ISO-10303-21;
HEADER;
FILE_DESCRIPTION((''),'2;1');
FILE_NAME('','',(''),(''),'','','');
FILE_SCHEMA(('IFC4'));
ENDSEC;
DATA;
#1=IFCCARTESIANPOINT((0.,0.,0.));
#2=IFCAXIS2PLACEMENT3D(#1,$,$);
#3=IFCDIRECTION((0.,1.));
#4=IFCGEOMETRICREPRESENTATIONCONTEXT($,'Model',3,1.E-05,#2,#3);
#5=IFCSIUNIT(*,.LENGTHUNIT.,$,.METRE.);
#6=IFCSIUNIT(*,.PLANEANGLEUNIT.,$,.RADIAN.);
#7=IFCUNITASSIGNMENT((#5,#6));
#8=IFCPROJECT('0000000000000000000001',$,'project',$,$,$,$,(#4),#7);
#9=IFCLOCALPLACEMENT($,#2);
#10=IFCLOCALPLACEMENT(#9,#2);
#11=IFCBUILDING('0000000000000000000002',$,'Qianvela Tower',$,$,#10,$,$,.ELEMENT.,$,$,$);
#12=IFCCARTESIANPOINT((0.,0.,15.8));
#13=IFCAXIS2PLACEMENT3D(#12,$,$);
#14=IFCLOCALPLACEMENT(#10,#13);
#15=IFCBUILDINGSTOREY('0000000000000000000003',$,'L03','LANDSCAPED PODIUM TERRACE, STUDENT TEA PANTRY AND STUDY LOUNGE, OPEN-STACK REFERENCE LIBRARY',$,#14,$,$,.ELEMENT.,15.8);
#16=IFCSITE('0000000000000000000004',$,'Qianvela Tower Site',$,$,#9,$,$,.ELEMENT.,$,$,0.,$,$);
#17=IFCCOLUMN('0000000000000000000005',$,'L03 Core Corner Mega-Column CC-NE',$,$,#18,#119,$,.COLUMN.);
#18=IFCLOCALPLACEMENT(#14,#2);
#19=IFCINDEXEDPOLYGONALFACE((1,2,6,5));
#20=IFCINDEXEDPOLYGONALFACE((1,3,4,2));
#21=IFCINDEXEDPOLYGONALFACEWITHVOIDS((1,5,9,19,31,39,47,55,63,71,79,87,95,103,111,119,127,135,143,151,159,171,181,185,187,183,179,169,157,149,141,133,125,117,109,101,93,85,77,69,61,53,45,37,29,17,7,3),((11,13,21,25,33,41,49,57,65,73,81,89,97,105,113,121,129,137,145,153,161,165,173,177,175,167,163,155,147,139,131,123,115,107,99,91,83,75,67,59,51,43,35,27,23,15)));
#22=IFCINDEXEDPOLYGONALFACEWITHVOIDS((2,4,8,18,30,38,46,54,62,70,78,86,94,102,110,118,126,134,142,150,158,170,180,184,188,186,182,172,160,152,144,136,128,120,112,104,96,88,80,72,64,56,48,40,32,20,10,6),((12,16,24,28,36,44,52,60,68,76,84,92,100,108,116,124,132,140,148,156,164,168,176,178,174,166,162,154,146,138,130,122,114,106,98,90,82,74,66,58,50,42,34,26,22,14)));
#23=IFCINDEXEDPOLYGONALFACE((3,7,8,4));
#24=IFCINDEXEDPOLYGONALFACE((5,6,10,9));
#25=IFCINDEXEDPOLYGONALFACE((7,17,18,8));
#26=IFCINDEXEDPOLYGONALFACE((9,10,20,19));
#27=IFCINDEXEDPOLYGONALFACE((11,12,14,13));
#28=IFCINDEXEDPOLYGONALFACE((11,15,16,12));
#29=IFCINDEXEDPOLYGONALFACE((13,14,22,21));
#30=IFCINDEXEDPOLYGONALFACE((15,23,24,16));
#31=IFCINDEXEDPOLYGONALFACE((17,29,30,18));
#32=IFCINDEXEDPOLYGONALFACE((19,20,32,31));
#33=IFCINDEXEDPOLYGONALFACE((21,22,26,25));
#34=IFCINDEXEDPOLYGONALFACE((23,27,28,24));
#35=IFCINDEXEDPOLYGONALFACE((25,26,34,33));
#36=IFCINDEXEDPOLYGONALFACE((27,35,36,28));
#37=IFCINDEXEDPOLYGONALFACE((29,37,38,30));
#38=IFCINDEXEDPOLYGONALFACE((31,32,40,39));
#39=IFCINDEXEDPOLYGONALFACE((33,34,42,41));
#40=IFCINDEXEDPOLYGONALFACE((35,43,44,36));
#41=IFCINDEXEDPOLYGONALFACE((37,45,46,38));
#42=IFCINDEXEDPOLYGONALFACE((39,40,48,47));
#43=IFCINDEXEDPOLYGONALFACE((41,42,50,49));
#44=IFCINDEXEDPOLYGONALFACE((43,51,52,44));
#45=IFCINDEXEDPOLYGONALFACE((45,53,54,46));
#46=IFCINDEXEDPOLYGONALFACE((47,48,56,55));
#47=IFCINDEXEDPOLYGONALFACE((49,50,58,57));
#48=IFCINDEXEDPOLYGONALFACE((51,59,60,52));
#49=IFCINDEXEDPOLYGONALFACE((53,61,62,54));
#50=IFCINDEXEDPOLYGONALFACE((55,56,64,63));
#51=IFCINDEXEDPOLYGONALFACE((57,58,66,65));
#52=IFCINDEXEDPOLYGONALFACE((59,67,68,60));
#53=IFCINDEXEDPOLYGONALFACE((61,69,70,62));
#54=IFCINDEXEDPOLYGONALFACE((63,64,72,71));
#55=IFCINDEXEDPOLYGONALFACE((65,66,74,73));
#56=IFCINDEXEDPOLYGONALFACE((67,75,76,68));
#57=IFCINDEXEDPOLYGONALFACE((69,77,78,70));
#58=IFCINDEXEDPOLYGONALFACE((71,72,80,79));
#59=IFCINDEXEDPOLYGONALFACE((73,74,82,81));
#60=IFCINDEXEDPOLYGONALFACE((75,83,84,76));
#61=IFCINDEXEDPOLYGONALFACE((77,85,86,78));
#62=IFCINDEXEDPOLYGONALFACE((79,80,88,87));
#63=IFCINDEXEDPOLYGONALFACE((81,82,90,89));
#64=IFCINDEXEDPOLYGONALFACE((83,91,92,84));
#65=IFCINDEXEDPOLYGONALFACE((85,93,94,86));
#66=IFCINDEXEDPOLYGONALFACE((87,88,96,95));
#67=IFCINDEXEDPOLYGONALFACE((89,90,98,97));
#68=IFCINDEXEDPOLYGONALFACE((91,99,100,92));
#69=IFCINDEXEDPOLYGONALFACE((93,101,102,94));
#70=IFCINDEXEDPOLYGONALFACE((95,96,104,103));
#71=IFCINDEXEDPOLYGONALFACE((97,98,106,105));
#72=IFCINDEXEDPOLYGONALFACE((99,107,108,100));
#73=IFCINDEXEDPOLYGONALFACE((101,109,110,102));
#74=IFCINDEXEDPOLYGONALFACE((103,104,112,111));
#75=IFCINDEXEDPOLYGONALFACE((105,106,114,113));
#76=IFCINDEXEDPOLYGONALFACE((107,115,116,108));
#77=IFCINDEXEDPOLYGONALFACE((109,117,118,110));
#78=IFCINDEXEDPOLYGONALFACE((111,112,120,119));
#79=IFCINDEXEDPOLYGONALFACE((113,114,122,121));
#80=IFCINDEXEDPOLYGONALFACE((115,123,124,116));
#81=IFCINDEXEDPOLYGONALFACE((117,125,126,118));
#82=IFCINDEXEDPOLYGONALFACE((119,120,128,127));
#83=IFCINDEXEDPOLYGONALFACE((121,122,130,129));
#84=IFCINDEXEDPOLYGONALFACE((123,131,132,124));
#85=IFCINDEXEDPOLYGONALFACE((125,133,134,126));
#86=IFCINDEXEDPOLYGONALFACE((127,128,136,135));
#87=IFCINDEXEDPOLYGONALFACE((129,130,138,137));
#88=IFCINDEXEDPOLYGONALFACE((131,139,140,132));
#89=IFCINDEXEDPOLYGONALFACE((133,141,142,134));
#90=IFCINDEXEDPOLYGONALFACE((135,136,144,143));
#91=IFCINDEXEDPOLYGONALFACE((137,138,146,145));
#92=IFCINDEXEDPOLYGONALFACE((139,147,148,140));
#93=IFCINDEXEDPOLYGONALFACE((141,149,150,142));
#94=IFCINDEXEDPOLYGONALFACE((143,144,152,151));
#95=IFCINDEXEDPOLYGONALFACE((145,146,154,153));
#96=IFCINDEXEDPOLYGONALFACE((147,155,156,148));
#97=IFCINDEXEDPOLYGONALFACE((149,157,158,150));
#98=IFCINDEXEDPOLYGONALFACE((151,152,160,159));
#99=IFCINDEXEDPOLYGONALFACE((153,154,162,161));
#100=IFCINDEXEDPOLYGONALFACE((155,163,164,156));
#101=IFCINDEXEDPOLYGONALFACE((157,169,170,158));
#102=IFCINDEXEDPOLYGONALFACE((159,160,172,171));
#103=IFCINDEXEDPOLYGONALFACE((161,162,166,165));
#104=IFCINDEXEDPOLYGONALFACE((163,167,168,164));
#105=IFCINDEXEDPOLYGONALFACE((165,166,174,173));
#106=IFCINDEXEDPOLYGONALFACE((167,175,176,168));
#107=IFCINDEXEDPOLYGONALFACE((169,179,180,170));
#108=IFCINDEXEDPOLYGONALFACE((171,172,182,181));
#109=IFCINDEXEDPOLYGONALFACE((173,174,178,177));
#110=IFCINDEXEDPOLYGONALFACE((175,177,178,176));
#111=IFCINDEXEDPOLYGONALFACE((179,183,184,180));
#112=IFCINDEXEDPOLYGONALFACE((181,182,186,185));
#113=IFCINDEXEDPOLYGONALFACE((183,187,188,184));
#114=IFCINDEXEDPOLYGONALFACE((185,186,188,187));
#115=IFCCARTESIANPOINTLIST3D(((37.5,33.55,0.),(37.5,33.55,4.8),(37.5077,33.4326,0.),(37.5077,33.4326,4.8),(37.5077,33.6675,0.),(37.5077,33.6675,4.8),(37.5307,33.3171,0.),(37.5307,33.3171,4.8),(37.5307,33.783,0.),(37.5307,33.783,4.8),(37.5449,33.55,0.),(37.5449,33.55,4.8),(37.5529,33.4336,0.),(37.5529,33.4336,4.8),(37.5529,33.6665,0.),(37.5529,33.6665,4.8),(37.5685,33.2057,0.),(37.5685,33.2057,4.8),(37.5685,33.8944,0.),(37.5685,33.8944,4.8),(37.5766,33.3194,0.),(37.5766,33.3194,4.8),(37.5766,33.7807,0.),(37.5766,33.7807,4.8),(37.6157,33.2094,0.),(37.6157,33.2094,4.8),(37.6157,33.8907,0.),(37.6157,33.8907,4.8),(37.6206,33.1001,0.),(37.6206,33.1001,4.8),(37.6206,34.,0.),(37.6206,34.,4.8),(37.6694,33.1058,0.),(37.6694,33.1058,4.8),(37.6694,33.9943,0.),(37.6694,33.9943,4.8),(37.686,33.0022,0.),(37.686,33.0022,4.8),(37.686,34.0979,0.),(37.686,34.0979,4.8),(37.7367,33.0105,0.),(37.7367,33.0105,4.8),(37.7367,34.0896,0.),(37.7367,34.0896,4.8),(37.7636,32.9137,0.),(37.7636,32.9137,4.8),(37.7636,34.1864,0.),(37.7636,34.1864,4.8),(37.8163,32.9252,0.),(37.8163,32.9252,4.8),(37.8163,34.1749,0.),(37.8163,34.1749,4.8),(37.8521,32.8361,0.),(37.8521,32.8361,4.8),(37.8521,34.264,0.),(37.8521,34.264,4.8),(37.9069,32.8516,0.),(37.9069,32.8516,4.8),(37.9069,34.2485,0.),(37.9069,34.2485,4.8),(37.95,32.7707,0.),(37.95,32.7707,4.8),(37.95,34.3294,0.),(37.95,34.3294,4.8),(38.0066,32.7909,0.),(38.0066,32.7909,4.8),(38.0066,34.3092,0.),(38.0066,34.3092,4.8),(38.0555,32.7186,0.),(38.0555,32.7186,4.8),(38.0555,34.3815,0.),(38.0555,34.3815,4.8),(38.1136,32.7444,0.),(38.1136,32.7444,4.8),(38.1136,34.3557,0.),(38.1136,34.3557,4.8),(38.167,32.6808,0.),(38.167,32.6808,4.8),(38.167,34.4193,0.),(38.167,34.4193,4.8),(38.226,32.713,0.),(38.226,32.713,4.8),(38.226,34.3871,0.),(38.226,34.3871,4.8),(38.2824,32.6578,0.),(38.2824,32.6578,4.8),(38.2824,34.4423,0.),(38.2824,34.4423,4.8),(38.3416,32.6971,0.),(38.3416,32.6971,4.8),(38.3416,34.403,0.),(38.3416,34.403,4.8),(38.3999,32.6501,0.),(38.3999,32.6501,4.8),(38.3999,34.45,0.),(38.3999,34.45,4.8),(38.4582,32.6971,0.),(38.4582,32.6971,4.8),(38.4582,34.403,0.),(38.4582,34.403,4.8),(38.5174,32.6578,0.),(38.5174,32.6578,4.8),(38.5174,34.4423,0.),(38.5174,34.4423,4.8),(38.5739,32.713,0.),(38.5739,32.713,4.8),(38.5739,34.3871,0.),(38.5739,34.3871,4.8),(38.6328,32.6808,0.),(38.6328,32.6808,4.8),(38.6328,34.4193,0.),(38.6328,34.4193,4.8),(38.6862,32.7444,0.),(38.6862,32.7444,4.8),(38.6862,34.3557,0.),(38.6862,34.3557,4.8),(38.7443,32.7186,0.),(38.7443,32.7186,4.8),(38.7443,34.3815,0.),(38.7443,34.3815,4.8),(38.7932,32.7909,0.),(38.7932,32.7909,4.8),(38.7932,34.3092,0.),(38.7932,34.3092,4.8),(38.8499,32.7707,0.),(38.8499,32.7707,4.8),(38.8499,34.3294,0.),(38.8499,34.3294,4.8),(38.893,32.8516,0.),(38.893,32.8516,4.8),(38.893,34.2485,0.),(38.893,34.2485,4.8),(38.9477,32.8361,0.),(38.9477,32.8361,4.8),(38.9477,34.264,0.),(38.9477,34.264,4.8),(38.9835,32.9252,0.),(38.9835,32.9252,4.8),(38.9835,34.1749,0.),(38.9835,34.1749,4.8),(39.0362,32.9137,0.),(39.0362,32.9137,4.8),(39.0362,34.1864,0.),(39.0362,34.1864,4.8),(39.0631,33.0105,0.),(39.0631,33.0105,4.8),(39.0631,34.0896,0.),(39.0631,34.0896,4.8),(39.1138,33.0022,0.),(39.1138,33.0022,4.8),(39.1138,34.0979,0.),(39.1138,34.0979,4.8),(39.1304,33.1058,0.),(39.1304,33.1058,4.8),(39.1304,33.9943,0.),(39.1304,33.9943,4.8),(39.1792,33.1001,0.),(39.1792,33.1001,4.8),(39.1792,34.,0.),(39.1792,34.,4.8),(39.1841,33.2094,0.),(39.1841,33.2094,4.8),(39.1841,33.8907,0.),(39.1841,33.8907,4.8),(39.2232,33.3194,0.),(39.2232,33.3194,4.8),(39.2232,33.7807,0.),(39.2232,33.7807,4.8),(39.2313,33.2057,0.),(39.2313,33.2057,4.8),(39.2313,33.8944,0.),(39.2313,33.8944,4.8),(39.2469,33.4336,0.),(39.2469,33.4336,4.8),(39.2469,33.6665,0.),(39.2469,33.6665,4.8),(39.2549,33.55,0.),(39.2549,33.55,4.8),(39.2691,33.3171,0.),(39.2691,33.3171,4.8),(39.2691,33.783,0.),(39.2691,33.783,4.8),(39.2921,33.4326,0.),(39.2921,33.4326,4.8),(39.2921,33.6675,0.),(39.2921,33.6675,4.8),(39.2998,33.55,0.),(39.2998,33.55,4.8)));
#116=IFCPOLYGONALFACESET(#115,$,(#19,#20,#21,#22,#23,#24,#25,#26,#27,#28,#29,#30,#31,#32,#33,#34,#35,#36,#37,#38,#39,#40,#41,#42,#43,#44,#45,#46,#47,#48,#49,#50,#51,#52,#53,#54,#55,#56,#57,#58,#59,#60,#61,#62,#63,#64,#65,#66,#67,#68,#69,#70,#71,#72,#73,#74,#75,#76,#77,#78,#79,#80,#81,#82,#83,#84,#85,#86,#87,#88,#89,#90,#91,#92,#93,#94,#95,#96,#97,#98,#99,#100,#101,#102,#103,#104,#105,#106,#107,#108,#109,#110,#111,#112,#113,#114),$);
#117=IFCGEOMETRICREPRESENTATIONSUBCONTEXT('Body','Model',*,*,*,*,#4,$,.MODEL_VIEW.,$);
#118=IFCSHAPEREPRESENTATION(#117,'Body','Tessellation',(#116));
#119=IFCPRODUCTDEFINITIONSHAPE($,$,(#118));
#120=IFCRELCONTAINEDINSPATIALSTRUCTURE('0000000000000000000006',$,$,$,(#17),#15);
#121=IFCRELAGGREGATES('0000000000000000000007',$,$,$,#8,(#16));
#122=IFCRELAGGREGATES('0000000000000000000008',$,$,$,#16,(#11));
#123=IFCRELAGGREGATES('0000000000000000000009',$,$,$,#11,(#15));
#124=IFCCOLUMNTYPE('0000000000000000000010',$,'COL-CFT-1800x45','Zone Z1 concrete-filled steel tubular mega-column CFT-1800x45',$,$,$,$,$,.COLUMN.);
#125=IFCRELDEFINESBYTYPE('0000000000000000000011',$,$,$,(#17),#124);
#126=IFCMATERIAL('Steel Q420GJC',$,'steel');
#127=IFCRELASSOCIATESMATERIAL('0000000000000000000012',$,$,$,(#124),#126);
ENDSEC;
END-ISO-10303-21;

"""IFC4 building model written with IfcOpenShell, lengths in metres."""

from ifc_helpers import new_model, si_unit, direction, frame, origin, origin_2d, place, context, subcontext, project, spatial, hollow_circle, extrude, material, material_profile, profile_set, type_object, element, save


model = new_model("IFC4")

# Units and contexts
model_context = context("Model", 3, precision=1e-05, world=origin(), true_north=direction((0.0, 1.0)))
body_context = subcontext(model_context, "Body", "Model", "MODEL_VIEW")
ifc_project = project(units=[si_unit("LENGTHUNIT", "METRE"), si_unit("PLANEANGLEUNIT", "RADIAN")], contexts=[model_context])

# Site, building, storey
site_placement = place(None, origin())
site = spatial("IfcSite", under=ifc_project, at=site_placement, Name="Qianvela Tower Site", CompositionType="ELEMENT", RefElevation=0.0)
building_placement = place(site_placement, origin())
building = spatial("IfcBuilding", under=site, at=building_placement, Name="Qianvela Tower", CompositionType="ELEMENT")
storey_placement = place(building_placement, frame((0.0, 0.0, 15.8)))
storey = spatial("IfcBuildingStorey", under=building, at=storey_placement, Name="L03", Description="LANDSCAPED PODIUM TERRACE, STUDENT TEA PANTRY AND STUDY LOUNGE, OPEN-STACK REFERENCE LIBRARY", CompositionType="ELEMENT", Elevation=15.8)

# Column
ifc_material_1 = material(Name="Steel Q420GJC", Category="steel")
ifc_material_profile_1 = material_profile(ifc_material_1, hollow_circle(Radius=0.8999, WallThickness=0.0449, at=origin_2d()), Name="CFT-1800x45")
ifc_profile_set_1 = profile_set([ifc_material_profile_1], Name="Steel Q420GJC")
column_type_1 = type_object("IfcColumnType", Name="COL-CFT-1800x45", Description="Zone Z1 concrete-filled steel tubular mega-column CFT-1800x45", PredefinedType="COLUMN", material=ifc_profile_set_1)
for number, where, z_axis, x_axis, name in (
    (1, (38.3999, 33.55, 0.0), (0.0, 0.0, 1.0), (1.0, 0.0, 0.0), "L03 Core Corner Mega-Column CC-NE"),
):
    element("IfcColumn", number, at=place(storey_placement, frame(where, z_axis=z_axis, x_axis=x_axis)), inside=storey, type_object=column_type_1, Name=name, PredefinedType="COLUMN", context=body_context, shape_type="SweptSolid", body=[
        extrude(hollow_circle(Radius=0.8999, WallThickness=0.0449, at=origin_2d()), origin(), (0.0, 0.0, 1.0), 4.8),
    ])

save(model, "model.ifc")
